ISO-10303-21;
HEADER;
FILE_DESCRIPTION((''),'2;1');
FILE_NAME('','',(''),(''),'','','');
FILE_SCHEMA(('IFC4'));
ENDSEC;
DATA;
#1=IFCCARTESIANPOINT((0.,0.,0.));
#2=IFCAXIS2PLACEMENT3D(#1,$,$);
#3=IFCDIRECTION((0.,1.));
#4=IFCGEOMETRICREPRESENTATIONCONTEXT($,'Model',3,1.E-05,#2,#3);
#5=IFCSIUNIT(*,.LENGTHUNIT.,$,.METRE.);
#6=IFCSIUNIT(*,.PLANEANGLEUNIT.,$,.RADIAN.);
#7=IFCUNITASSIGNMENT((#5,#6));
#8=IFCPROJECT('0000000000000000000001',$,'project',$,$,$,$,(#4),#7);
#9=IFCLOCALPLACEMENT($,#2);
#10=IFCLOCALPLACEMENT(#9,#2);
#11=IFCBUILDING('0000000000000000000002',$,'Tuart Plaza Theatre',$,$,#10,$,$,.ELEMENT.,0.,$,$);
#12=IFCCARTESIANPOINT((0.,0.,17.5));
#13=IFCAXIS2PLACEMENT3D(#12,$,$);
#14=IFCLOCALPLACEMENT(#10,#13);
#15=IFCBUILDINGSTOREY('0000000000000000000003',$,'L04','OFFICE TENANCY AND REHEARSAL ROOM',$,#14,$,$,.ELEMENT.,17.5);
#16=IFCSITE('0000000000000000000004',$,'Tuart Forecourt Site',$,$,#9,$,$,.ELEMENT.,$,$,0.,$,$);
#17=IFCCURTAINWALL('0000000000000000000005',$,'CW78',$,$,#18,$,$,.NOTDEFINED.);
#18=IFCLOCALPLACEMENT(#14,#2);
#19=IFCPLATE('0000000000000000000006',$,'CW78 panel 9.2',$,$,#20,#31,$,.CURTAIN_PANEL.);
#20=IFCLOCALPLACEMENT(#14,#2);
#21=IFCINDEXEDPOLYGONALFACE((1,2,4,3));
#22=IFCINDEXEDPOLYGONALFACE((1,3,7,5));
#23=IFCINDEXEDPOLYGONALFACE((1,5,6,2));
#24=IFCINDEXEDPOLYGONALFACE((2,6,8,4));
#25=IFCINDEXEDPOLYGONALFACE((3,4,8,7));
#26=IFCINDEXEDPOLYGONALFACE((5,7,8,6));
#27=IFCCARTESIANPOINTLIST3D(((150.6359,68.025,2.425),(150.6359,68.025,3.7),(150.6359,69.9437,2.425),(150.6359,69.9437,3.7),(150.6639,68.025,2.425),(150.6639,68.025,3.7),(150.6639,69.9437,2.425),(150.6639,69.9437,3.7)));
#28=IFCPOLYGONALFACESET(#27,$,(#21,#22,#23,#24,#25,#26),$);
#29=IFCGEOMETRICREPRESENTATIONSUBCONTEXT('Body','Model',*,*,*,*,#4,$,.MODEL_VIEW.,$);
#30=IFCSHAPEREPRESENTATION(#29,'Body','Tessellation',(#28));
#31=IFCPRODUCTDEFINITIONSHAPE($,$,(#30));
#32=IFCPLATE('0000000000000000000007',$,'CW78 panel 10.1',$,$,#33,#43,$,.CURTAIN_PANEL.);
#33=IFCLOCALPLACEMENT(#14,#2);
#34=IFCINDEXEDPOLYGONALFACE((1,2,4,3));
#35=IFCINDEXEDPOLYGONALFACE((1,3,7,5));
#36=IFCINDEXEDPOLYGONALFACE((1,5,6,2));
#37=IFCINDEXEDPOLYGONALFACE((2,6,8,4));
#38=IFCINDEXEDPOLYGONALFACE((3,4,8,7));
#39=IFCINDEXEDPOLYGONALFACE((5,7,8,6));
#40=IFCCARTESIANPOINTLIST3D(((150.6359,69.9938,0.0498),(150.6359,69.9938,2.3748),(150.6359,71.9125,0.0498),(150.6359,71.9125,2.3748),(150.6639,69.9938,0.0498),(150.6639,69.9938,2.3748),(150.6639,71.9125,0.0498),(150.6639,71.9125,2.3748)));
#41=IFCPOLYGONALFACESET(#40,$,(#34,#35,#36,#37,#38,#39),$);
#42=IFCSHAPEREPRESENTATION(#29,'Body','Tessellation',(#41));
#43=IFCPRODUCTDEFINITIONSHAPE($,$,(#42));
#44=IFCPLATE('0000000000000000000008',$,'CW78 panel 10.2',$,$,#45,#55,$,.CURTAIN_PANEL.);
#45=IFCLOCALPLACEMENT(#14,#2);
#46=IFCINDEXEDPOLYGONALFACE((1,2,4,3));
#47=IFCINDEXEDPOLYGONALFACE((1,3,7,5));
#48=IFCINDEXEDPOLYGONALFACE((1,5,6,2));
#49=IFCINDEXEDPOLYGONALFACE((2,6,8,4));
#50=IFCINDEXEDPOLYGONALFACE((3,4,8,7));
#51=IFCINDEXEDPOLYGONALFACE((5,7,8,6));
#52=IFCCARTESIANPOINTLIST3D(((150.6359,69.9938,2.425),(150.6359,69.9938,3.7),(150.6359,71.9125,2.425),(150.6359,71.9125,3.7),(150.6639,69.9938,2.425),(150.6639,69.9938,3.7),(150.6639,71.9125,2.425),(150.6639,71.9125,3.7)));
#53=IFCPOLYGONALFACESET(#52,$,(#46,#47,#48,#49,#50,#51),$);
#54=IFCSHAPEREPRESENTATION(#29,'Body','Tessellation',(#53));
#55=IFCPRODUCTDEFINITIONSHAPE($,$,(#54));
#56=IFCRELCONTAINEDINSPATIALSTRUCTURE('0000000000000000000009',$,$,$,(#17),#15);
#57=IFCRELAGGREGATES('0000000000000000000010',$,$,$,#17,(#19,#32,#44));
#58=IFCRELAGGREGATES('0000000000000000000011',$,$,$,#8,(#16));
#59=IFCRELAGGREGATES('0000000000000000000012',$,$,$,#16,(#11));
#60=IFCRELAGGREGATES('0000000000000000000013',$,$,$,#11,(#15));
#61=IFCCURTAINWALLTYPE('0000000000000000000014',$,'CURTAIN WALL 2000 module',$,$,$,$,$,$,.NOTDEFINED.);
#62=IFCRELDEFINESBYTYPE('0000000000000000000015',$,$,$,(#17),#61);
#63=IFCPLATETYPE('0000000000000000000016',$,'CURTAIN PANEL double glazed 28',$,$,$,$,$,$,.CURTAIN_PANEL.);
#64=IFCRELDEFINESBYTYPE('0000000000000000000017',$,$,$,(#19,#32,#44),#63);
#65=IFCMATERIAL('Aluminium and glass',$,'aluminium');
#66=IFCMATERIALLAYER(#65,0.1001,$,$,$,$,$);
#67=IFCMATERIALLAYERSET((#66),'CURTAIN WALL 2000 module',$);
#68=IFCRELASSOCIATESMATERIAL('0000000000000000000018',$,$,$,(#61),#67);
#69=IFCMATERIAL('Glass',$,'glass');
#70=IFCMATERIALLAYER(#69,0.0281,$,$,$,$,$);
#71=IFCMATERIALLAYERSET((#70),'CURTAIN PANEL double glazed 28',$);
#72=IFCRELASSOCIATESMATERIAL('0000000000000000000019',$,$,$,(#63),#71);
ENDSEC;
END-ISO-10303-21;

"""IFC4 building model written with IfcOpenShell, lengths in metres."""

from ifc_helpers import new_model, si_unit, direction, frame, origin, origin_2d, place, context, subcontext, project, spatial, rectangle, extrude, material, layer, layer_set, type_object, element, aggregate, save


model = new_model("IFC4")

# Units and contexts
model_context = context("Model", 3, precision=1e-05, world=origin(), true_north=direction((0.0, 1.0)))
body_context = subcontext(model_context, "Body", "Model", "MODEL_VIEW")
ifc_project = project(units=[si_unit("LENGTHUNIT", "METRE"), si_unit("PLANEANGLEUNIT", "RADIAN")], contexts=[model_context])

# Site, building, storey
site_placement = place(None, origin())
site = spatial("IfcSite", under=ifc_project, at=site_placement, Name="Tuart Forecourt Site", CompositionType="ELEMENT", RefElevation=0.0)
building_placement = place(site_placement, origin())
building = spatial("IfcBuilding", under=site, at=building_placement, Name="Tuart Plaza Theatre", CompositionType="ELEMENT", ElevationOfRefHeight=0.0)
storey_placement = place(building_placement, frame((0.0, 0.0, 17.5)))
storey = spatial("IfcBuildingStorey", under=building, at=storey_placement, Name="L04", Description="OFFICE TENANCY AND REHEARSAL ROOM", CompositionType="ELEMENT", Elevation=17.5)

# Curtain wall, plates
ifc_material_1 = material(Name="Aluminium and glass", Category="aluminium")
ifc_layer_1 = layer(ifc_material_1, 0.1001)
ifc_layer_set_1 = layer_set([ifc_layer_1], Name="CURTAIN WALL 2000 module")
curtain_wall_type = type_object("IfcCurtainWallType", Name="CURTAIN WALL 2000 module", PredefinedType="NOTDEFINED", material=ifc_layer_set_1)
curtain_wall_placement = place(storey_placement, origin())
curtain_wall = element("IfcCurtainWall", 1, at=curtain_wall_placement, inside=storey, type_object=curtain_wall_type, Name="CW78", PredefinedType="NOTDEFINED")
ifc_material_2 = material(Name="Glass", Category="glass")
ifc_layer_2 = layer(ifc_material_2, 0.0281)
ifc_layer_set_2 = layer_set([ifc_layer_2], Name="CURTAIN PANEL double glazed 28")
plate_type = type_object("IfcPlateType", Name="CURTAIN PANEL double glazed 28", PredefinedType="CURTAIN_PANEL", material=ifc_layer_set_2)
plate_1_placement = place(storey_placement, frame((150.6499, 68.9844, 2.425), z_axis=(0.0, 0.0, 1.0), x_axis=(0.0, 1.0, 0.0)))
plate_1 = element("IfcPlate", 2, at=plate_1_placement, type_object=plate_type, Name="CW78 panel 9.2", PredefinedType="CURTAIN_PANEL", context=body_context, shape_type="SweptSolid", body=[
    extrude(rectangle(XDim=1.9187, YDim=0.0281, at=origin_2d()), origin(), (0.0, 0.0, 1.0), 1.2749),
])
plate_2_placement = place(storey_placement, frame((150.6499, 70.9531, 0.0498), z_axis=(0.0, 0.0, 1.0), x_axis=(0.0, 1.0, 0.0)))
plate_2 = element("IfcPlate", 3, at=plate_2_placement, type_object=plate_type, Name="CW78 panel 10.1", PredefinedType="CURTAIN_PANEL", context=body_context, shape_type="SweptSolid", body=[
    extrude(rectangle(XDim=1.9187, YDim=0.0281, at=origin_2d()), origin(), (0.0, 0.0, 1.0), 2.325),
])
plate_3_placement = place(storey_placement, frame((150.6499, 70.9531, 2.425), z_axis=(0.0, 0.0, 1.0), x_axis=(0.0, 1.0, 0.0)))
plate_3 = element("IfcPlate", 4, at=plate_3_placement, type_object=plate_type, Name="CW78 panel 10.2", PredefinedType="CURTAIN_PANEL", context=body_context, shape_type="SweptSolid", body=[
    extrude(rectangle(XDim=1.9187, YDim=0.0281, at=origin_2d()), origin(), (0.0, 0.0, 1.0), 1.2749),
])
aggregate(curtain_wall, [plate_1, plate_2, plate_3])

save(model, "model.ifc")
